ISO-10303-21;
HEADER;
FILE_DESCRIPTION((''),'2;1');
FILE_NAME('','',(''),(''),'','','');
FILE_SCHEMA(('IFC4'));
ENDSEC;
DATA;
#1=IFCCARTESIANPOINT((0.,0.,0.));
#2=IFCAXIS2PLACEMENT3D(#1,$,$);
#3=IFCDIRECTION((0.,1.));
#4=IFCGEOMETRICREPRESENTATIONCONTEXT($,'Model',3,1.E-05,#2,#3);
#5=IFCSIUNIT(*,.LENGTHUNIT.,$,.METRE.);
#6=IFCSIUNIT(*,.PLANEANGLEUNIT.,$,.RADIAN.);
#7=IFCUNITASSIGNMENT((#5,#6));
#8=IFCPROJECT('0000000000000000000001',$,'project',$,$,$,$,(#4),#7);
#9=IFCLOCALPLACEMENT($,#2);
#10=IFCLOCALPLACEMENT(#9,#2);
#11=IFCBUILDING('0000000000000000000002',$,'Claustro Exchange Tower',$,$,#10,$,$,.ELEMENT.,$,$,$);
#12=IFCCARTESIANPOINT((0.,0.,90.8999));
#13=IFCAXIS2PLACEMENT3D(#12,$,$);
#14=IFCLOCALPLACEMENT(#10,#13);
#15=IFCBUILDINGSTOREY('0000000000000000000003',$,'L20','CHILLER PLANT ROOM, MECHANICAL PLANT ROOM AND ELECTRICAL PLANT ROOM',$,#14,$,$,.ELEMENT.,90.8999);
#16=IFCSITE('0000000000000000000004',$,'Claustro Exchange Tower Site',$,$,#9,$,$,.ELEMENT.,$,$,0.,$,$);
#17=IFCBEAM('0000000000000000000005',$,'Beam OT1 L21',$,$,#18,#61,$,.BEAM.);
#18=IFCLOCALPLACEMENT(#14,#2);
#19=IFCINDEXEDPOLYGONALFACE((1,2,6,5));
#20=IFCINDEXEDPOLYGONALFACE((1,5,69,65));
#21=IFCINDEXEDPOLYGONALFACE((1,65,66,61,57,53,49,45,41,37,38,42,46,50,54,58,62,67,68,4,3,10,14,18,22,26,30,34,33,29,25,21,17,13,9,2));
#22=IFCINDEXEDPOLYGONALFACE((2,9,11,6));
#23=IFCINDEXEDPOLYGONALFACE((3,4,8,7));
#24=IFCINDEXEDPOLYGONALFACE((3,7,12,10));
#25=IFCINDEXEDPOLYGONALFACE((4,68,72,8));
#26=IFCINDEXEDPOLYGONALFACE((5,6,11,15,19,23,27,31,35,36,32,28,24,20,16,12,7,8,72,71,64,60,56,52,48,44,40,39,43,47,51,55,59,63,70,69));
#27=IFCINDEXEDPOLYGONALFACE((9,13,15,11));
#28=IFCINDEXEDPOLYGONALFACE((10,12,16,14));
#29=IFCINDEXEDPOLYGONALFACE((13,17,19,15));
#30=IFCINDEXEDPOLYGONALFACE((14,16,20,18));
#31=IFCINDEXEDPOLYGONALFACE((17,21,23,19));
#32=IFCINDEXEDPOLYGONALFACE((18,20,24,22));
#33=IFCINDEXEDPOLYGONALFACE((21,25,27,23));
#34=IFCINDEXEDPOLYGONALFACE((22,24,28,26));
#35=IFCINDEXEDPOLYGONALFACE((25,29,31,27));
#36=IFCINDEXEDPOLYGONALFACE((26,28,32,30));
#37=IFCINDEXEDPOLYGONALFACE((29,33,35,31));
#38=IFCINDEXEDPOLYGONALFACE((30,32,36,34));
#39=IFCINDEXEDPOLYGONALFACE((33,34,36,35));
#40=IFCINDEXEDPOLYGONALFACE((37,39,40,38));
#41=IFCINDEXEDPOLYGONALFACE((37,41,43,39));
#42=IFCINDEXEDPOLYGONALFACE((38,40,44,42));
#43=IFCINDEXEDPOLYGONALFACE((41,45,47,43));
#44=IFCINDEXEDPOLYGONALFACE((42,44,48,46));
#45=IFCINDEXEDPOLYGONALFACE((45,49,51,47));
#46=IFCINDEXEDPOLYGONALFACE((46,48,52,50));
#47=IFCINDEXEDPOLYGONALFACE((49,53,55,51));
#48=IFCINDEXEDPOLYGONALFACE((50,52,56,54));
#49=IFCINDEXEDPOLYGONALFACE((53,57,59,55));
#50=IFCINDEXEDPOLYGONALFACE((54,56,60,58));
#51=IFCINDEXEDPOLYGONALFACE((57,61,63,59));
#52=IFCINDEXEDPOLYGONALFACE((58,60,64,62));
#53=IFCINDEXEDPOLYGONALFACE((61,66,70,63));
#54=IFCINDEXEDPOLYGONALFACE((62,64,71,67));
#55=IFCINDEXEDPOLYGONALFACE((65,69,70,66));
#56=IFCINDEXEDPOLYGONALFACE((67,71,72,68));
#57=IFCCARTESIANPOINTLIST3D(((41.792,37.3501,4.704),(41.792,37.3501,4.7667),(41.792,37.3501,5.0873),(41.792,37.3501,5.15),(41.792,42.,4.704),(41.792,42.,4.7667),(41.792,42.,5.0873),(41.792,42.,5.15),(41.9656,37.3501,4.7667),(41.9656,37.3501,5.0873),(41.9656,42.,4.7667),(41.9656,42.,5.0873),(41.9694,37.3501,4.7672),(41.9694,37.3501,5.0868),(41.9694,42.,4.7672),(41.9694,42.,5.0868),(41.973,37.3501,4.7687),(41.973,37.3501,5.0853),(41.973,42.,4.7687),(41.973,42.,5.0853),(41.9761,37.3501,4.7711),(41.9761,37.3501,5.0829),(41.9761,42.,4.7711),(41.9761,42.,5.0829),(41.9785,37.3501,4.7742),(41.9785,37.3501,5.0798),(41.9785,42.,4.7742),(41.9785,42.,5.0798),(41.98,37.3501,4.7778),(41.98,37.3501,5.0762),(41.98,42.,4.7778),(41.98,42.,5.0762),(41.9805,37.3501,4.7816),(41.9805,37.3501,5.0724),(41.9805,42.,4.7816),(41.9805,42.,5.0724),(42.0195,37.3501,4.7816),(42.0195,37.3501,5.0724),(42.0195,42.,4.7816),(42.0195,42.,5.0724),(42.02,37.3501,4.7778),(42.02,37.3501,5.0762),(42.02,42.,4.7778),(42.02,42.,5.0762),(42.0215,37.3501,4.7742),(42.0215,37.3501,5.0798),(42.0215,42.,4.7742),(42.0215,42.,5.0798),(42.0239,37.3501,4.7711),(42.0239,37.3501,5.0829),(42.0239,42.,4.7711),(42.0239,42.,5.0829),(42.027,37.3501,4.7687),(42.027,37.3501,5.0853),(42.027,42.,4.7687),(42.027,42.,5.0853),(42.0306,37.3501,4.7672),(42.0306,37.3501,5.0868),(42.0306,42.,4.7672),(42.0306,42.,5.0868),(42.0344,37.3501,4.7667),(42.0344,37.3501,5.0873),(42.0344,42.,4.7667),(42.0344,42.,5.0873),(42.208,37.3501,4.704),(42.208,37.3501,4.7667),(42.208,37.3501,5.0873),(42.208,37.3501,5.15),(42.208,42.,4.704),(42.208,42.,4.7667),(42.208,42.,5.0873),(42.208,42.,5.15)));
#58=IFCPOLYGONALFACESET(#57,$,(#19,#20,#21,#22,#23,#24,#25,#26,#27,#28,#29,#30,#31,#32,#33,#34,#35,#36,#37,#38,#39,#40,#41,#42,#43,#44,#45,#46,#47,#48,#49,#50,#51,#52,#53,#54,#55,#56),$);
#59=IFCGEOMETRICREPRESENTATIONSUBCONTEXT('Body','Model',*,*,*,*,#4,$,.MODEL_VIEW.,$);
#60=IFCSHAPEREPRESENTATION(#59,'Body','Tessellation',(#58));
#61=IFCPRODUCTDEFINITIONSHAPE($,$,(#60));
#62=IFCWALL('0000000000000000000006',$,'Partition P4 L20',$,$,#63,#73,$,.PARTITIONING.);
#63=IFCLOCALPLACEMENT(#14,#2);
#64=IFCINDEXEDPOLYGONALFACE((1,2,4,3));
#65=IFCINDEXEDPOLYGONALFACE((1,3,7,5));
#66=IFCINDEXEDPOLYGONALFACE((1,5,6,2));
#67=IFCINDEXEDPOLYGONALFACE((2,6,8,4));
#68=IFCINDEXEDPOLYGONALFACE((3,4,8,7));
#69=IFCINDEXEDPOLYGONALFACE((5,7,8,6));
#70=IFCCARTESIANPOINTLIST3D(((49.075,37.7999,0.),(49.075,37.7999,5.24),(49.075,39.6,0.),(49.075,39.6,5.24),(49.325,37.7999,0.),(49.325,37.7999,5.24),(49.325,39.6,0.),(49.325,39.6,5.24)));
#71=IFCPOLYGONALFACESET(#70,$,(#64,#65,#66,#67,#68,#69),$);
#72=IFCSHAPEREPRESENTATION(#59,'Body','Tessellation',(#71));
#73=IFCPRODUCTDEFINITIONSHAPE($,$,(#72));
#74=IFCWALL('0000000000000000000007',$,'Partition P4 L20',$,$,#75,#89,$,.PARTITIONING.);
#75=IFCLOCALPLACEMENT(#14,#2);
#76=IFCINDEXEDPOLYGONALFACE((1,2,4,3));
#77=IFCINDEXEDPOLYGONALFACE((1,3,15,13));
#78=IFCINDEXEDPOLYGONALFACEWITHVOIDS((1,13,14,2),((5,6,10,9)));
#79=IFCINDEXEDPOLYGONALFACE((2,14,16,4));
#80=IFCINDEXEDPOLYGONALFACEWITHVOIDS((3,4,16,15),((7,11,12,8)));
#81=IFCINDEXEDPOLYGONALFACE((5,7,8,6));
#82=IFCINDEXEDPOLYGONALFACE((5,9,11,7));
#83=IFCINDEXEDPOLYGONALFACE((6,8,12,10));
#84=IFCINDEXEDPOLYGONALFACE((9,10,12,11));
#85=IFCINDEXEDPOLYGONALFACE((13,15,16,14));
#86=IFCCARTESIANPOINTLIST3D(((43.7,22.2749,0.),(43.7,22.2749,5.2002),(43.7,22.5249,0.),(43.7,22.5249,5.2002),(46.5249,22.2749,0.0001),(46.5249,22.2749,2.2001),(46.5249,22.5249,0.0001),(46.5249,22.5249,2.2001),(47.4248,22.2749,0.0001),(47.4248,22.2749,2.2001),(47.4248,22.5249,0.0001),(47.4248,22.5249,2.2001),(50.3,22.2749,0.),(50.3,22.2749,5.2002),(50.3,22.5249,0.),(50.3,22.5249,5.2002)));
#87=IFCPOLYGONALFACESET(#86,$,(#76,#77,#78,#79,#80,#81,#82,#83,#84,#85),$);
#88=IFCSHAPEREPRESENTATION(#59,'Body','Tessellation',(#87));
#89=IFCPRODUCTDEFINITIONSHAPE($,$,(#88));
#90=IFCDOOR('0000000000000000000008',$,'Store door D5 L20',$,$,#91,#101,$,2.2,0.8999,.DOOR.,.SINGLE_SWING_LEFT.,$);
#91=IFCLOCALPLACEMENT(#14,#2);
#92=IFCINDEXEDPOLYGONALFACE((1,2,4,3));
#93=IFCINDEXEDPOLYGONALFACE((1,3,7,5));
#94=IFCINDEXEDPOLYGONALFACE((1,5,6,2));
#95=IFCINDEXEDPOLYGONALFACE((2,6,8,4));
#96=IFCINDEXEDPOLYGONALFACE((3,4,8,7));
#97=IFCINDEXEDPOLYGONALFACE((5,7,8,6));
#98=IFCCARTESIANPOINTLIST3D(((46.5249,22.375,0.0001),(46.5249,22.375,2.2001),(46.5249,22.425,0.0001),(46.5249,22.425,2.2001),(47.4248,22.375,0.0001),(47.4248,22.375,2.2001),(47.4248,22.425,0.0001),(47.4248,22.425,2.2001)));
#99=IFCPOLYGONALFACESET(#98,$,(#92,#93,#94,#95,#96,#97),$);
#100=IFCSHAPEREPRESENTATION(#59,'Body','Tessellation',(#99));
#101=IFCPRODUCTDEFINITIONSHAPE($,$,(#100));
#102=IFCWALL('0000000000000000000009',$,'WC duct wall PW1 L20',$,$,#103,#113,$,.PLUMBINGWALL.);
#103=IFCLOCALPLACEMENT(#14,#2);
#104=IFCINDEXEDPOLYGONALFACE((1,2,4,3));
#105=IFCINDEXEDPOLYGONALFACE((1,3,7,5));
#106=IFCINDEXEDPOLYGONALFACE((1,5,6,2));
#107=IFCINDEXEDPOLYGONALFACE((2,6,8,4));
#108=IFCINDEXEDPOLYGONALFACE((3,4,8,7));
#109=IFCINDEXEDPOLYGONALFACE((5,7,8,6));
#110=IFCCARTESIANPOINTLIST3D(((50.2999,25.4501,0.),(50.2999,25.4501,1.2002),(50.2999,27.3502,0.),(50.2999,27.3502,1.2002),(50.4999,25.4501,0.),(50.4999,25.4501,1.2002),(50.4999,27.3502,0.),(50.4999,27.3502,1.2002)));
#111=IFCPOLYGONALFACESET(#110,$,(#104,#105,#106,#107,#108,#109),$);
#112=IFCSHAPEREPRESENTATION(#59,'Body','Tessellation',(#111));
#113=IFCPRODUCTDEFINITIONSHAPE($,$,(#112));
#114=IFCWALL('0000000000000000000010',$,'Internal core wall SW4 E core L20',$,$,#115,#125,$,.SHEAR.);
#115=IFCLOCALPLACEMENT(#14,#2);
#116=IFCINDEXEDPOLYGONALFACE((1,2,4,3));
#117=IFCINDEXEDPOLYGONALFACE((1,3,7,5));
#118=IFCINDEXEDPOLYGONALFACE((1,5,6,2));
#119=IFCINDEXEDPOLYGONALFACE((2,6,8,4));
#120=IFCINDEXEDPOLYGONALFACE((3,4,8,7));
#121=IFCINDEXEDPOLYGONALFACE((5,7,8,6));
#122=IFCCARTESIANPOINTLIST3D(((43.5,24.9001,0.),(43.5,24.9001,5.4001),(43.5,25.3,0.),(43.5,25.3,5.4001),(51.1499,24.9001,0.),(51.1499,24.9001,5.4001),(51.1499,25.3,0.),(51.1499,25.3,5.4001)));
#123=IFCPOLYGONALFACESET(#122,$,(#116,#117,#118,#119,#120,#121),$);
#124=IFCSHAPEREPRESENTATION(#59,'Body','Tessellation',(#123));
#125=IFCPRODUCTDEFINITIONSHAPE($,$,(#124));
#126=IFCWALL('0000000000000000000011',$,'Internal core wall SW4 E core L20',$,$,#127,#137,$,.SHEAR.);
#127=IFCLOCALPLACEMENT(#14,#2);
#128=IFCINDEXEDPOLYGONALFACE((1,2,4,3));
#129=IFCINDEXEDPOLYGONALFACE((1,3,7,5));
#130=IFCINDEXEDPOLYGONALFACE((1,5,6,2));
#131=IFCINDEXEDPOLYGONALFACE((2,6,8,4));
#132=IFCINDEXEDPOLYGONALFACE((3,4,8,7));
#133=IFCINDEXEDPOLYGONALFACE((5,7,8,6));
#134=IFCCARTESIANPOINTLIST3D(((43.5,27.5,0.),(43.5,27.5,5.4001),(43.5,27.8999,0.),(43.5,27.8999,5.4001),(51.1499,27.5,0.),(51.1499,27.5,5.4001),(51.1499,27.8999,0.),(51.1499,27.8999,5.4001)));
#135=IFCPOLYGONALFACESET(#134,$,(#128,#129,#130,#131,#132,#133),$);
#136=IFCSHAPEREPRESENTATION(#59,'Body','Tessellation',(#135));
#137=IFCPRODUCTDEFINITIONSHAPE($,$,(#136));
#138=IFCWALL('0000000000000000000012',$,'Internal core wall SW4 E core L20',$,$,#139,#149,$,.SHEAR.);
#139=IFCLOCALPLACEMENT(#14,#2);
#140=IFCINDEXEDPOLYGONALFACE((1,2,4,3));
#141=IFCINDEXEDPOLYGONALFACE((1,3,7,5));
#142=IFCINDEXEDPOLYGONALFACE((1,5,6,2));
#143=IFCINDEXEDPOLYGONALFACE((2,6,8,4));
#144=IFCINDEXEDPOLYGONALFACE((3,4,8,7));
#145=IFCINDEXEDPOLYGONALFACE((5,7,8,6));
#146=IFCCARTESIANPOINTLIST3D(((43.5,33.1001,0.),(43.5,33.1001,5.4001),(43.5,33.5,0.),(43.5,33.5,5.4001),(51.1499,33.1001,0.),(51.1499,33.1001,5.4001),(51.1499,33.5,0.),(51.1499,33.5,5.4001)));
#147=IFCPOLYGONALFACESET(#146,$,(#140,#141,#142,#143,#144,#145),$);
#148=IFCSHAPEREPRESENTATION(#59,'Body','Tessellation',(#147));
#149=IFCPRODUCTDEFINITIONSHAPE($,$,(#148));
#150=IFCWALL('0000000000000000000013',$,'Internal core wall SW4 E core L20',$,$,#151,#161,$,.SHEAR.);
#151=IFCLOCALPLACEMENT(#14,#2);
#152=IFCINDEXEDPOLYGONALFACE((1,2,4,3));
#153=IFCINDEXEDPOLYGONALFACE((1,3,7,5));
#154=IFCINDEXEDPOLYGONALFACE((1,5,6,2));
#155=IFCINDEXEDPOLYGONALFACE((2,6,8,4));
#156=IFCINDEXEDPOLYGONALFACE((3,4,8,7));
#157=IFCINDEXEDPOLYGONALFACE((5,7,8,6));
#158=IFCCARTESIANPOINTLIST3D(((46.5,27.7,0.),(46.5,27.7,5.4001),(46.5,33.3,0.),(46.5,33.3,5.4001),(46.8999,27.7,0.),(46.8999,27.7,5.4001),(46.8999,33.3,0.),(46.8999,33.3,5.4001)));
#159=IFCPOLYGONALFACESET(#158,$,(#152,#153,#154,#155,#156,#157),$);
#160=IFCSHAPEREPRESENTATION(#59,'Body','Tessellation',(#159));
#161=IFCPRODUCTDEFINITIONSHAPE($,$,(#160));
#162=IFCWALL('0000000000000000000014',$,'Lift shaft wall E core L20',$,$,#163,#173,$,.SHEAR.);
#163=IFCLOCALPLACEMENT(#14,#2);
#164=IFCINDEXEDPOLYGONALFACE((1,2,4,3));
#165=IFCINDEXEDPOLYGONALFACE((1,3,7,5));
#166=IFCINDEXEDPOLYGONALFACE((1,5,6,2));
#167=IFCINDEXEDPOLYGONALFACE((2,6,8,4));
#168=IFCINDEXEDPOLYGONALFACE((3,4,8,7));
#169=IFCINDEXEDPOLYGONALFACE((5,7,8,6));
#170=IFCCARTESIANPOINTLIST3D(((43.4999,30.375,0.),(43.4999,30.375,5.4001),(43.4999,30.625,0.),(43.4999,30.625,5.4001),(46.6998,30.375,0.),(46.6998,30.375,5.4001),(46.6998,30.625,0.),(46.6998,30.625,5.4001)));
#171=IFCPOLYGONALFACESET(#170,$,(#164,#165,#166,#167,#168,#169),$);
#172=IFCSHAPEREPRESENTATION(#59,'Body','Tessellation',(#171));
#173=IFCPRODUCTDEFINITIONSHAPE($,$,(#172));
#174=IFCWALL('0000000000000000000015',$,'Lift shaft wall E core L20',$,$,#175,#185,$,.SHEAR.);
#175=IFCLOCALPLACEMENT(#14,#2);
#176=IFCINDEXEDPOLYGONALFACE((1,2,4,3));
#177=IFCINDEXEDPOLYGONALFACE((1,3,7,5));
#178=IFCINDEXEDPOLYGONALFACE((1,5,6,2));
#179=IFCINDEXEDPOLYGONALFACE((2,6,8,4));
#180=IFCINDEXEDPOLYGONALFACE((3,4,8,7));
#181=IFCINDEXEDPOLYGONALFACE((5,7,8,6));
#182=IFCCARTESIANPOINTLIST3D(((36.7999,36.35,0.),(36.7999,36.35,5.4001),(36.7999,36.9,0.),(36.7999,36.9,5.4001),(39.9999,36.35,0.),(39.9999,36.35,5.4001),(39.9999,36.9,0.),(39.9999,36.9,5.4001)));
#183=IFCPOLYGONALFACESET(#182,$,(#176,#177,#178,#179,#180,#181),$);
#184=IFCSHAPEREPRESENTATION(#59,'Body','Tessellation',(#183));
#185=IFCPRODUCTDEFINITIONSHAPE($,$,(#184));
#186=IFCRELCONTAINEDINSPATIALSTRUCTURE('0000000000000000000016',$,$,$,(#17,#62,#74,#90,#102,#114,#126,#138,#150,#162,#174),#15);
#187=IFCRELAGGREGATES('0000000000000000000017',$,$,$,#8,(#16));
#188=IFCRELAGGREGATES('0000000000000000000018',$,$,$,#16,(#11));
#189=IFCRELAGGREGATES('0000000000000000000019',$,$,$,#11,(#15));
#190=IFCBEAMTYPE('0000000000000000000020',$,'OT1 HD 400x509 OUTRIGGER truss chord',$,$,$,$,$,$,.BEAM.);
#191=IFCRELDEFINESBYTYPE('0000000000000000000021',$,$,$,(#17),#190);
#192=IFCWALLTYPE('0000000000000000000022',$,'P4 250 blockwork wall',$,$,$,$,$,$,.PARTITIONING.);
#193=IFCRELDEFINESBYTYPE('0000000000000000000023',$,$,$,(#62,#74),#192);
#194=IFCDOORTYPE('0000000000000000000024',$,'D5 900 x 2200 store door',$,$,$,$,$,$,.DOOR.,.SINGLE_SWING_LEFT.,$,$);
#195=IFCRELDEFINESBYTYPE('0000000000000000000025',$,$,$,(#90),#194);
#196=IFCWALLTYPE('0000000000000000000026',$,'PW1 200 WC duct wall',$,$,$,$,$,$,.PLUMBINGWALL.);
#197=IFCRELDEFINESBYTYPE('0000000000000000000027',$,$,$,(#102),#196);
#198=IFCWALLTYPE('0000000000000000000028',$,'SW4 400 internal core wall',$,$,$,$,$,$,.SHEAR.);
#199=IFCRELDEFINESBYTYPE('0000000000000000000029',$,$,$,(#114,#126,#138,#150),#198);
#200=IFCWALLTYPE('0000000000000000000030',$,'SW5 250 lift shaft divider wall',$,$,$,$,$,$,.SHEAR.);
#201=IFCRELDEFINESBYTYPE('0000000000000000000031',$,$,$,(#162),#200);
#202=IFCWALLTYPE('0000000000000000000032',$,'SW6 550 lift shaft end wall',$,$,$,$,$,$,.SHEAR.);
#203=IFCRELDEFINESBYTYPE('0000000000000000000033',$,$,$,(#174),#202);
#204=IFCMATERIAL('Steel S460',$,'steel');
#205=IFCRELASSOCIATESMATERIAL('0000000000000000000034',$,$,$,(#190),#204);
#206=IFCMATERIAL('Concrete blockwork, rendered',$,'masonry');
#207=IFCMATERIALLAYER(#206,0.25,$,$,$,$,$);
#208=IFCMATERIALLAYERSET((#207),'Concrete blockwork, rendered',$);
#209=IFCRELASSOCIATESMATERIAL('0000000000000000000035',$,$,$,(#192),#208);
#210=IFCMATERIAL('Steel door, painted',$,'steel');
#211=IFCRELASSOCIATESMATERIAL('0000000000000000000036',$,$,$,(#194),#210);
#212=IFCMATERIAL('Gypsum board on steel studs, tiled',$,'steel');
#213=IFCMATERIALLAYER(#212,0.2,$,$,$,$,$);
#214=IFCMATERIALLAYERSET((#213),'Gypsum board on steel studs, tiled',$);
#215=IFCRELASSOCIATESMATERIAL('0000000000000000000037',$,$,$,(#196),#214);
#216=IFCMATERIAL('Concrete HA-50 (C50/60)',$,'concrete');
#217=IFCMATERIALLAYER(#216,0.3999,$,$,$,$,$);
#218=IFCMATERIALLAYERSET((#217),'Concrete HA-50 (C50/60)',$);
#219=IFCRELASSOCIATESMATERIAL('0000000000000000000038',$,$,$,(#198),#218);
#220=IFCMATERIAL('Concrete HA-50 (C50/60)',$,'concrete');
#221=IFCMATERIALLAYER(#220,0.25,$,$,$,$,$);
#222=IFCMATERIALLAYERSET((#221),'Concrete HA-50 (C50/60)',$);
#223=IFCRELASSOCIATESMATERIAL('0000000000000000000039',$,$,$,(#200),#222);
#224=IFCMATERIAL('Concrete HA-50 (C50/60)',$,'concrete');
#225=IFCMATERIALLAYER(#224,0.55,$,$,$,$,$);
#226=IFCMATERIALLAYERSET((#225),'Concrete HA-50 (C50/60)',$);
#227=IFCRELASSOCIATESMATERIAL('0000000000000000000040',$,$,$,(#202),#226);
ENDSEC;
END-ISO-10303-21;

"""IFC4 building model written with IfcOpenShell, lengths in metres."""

from ifc_helpers import new_model, si_unit, direction, frame, frame_2d, origin, origin_2d, place, context, subcontext, project, spatial, rectangle, i_section, extrude, material, layer, layer_set, material_profile, profile_set, type_object, element, fill, save


model = new_model("IFC4")

# Units and contexts
model_context = context("Model", 3, precision=1e-05, world=origin(), true_north=direction((0.0, 1.0)))
body_context = subcontext(model_context, "Body", "Model", "MODEL_VIEW")
ifc_project = project(units=[si_unit("LENGTHUNIT", "METRE"), si_unit("PLANEANGLEUNIT", "RADIAN")], contexts=[model_context])

# Site, building, storey
site_placement = place(None, origin())
site = spatial("IfcSite", under=ifc_project, at=site_placement, Name="Claustro Exchange Tower Site", CompositionType="ELEMENT", RefElevation=0.0)
building_placement = place(site_placement, origin())
building = spatial("IfcBuilding", under=site, at=building_placement, Name="Claustro Exchange Tower", CompositionType="ELEMENT")
storey_placement = place(building_placement, frame((0.0, 0.0, 90.8999)))
storey = spatial("IfcBuildingStorey", under=building, at=storey_placement, Name="L20", Description="CHILLER PLANT ROOM, MECHANICAL PLANT ROOM AND ELECTRICAL PLANT ROOM", CompositionType="ELEMENT", Elevation=90.8999)

# Beam
ifc_material_1 = material(Name="Steel S460", Category="steel")
ifc_material_profile_1 = material_profile(ifc_material_1, i_section(OverallWidth=0.416, OverallDepth=0.446, WebThickness=0.0391, FlangeThickness=0.0627, FilletRadius=0.0149, at=origin_2d()), Name="HD 400x509")
ifc_profile_set_1 = profile_set([ifc_material_profile_1], Name="Steel S460")
beam_type_1 = type_object("IfcBeamType", Name="OT1 HD 400x509 OUTRIGGER truss chord", PredefinedType="BEAM", material=ifc_profile_set_1)
beam_1_placement = place(storey_placement, frame((42.0, 37.3501, 4.927), z_axis=(0.0, 1.0, 0.0), x_axis=(-1.0, 0.0, 0.0)))
element("IfcBeam", 1, at=beam_1_placement, inside=storey, type_object=beam_type_1, Name="Beam OT1 L21", PredefinedType="BEAM", context=body_context, shape_type="SweptSolid", body=[
    extrude(i_section(OverallWidth=0.416, OverallDepth=0.446, WebThickness=0.0391, FlangeThickness=0.0627, FilletRadius=0.0149, at=origin_2d()), origin(), (0.0, 0.0, 1.0), 4.6499),
])

# Wall
ifc_material_2 = material(Name="Concrete blockwork, rendered", Category="masonry")
ifc_layer_1 = layer(ifc_material_2, 0.25)
ifc_layer_set_1 = layer_set([ifc_layer_1], Name="Concrete blockwork, rendered")
wall_type_1 = type_object("IfcWallType", Name="P4 250 blockwork wall", PredefinedType="PARTITIONING", material=ifc_layer_set_1)
wall_1_placement = place(storey_placement, frame((49.2, 37.8, 0.0), z_axis=(0.0, 0.0, 1.0), x_axis=(0.0, 1.0, 0.0)))
element("IfcWall", 2, at=wall_1_placement, inside=storey, type_object=wall_type_1, Name="Partition P4 L20", PredefinedType="PARTITIONING", context=body_context, shape_type="SweptSolid", body=[
    extrude(rectangle(XDim=1.8, YDim=0.25, at=frame_2d((0.8999, 0.0))), origin(), (0.0, 0.0, 1.0), 5.24),
])

# Wall, opening, door
wall_2_placement = place(storey_placement, frame((43.7, 22.3999, 0.0), z_axis=(0.0, 0.0, 1.0), x_axis=(1.0, 0.0, 0.0)))
wall_2 = element("IfcWall", 3, at=wall_2_placement, inside=storey, type_object=wall_type_1, Name="Partition P4 L20", PredefinedType="PARTITIONING", context=body_context, shape_type="SweptSolid", body=[
    extrude(rectangle(XDim=6.6001, YDim=0.25, at=frame_2d((3.3, 0.0))), origin(), (0.0, 0.0, 1.0), 5.2002),
])
opening_placement = place(wall_2_placement, frame((2.825, 0.0, 0.0)))
opening = element("IfcOpeningElement", 4, at=opening_placement, cuts=wall_2, PredefinedType="OPENING", context=body_context, shape_type="SweptSolid", body=[
    extrude(rectangle(XDim=0.8999, YDim=2.2, at=frame_2d((0.45, 1.1001))), frame((0.0, 0.135, 0.0), z_axis=(0.0, -1.0, 0.0), x_axis=(1.0, 0.0, 0.0)), (0.0, 0.0, 1.0), 0.27),
])
ifc_material_3 = material(Name="Steel door, painted", Category="steel")
door_type = type_object("IfcDoorType", Name="D5 900 x 2200 store door", OperationType="SINGLE_SWING_LEFT", PredefinedType="DOOR", material=ifc_material_3)
door_placement = place(opening_placement, frame((0.8999, 0.0, 0.0), z_axis=(0.0, 0.0, 1.0), x_axis=(-1.0, 0.0, 0.0)))
door = element("IfcDoor", 5, at=door_placement, inside=storey, type_object=door_type, Name="Store door D5 L20", OperationType="SINGLE_SWING_LEFT", OverallHeight=2.2, OverallWidth=0.8999, PredefinedType="DOOR", context=body_context, shape_type="SweptSolid", body=[
    extrude(rectangle(XDim=0.8999, YDim=2.2, at=frame_2d((0.45, 1.1001))), frame((0.0, 0.0249, 0.0), z_axis=(0.0, -1.0, 0.0), x_axis=(1.0, 0.0, 0.0)), (0.0, 0.0, 1.0), 0.05),
])
fill(opening, door)

# Walls
ifc_material_4 = material(Name="Gypsum board on steel studs, tiled", Category="steel")
ifc_layer_2 = layer(ifc_material_4, 0.2)
ifc_layer_set_2 = layer_set([ifc_layer_2], Name="Gypsum board on steel studs, tiled")
wall_type_2 = type_object("IfcWallType", Name="PW1 200 WC duct wall", PredefinedType="PLUMBINGWALL", material=ifc_layer_set_2)
wall_3_placement = place(storey_placement, frame((50.3999, 25.45, 0.0), z_axis=(0.0, 0.0, 1.0), x_axis=(0.0, 1.0, 0.0)))
element("IfcWall", 6, at=wall_3_placement, inside=storey, type_object=wall_type_2, Name="WC duct wall PW1 L20", PredefinedType="PLUMBINGWALL", context=body_context, shape_type="SweptSolid", body=[
    extrude(rectangle(XDim=1.9001, YDim=0.2, at=frame_2d((0.9502, 0.0))), origin(), (0.0, 0.0, 1.0), 1.2002),
])
ifc_material_5 = material(Name="Concrete HA-50 (C50/60)", Category="concrete")
ifc_layer_3 = layer(ifc_material_5, 0.3999)
ifc_layer_set_3 = layer_set([ifc_layer_3], Name="Concrete HA-50 (C50/60)")
wall_type_3 = type_object("IfcWallType", Name="SW4 400 internal core wall", PredefinedType="SHEAR", material=ifc_layer_set_3)
for number, where, z_axis, x_axis, name in (
    (7, (51.1499, 25.1001, 0.0), (0.0, 0.0, 1.0), (-1.0, 0.0, 0.0), "Internal core wall SW4 E core L20"),
    (8, (51.1499, 27.7, 0.0), (0.0, 0.0, 1.0), (-1.0, 0.0, 0.0), "Internal core wall SW4 E core L20"),
    (9, (51.1499, 33.3, 0.0), (0.0, 0.0, 1.0), (-1.0, 0.0, 0.0), "Internal core wall SW4 E core L20"),
):
    element("IfcWall", number, at=place(storey_placement, frame(where, z_axis=z_axis, x_axis=x_axis)), inside=storey, type_object=wall_type_3, Name=name, PredefinedType="SHEAR", context=body_context, shape_type="SweptSolid", body=[
        extrude(rectangle(XDim=7.6499, YDim=0.3999, at=frame_2d((3.825, 0.0))), origin(), (0.0, 0.0, 1.0), 5.4001),
    ])
wall_4_placement = place(storey_placement, frame((46.7, 27.7, 0.0), z_axis=(0.0, 0.0, 1.0), x_axis=(0.0, 1.0, 0.0)))
element("IfcWall", 10, at=wall_4_placement, inside=storey, type_object=wall_type_3, Name="Internal core wall SW4 E core L20", PredefinedType="SHEAR", context=body_context, shape_type="SweptSolid", body=[
    extrude(rectangle(XDim=5.6001, YDim=0.3999, at=frame_2d((2.8, 0.0))), origin(), (0.0, 0.0, 1.0), 5.4001),
])
ifc_material_6 = material(Name="Concrete HA-50 (C50/60)", Category="concrete")
ifc_layer_4 = layer(ifc_material_6, 0.25)
ifc_layer_set_4 = layer_set([ifc_layer_4], Name="Concrete HA-50 (C50/60)")
wall_type_4 = type_object("IfcWallType", Name="SW5 250 lift shaft divider wall", PredefinedType="SHEAR", material=ifc_layer_set_4)
wall_5_placement = place(storey_placement, frame((46.7, 30.5, 0.0), z_axis=(0.0, 0.0, 1.0), x_axis=(-1.0, 0.0, 0.0)))
element("IfcWall", 11, at=wall_5_placement, inside=storey, type_object=wall_type_4, Name="Lift shaft wall E core L20", PredefinedType="SHEAR", context=body_context, shape_type="SweptSolid", body=[
    extrude(rectangle(XDim=3.2, YDim=0.25, at=frame_2d((1.6001, 0.0))), origin(), (0.0, 0.0, 1.0), 5.4001),
])
ifc_material_7 = material(Name="Concrete HA-50 (C50/60)", Category="concrete")
ifc_layer_5 = layer(ifc_material_7, 0.55)
ifc_layer_set_5 = layer_set([ifc_layer_5], Name="Concrete HA-50 (C50/60)")
wall_type_5 = type_object("IfcWallType", Name="SW6 550 lift shaft end wall", PredefinedType="SHEAR", material=ifc_layer_set_5)
wall_6_placement = place(storey_placement, frame((40.0, 36.625, 0.0), z_axis=(0.0, 0.0, 1.0), x_axis=(-1.0, 0.0, 0.0)))
element("IfcWall", 12, at=wall_6_placement, inside=storey, type_object=wall_type_5, Name="Lift shaft wall E core L20", PredefinedType="SHEAR", context=body_context, shape_type="SweptSolid", body=[
    extrude(rectangle(XDim=3.2, YDim=0.55, at=frame_2d((1.6001, 0.0))), origin(), (0.0, 0.0, 1.0), 5.4001),
])

save(model, "model.ifc")
